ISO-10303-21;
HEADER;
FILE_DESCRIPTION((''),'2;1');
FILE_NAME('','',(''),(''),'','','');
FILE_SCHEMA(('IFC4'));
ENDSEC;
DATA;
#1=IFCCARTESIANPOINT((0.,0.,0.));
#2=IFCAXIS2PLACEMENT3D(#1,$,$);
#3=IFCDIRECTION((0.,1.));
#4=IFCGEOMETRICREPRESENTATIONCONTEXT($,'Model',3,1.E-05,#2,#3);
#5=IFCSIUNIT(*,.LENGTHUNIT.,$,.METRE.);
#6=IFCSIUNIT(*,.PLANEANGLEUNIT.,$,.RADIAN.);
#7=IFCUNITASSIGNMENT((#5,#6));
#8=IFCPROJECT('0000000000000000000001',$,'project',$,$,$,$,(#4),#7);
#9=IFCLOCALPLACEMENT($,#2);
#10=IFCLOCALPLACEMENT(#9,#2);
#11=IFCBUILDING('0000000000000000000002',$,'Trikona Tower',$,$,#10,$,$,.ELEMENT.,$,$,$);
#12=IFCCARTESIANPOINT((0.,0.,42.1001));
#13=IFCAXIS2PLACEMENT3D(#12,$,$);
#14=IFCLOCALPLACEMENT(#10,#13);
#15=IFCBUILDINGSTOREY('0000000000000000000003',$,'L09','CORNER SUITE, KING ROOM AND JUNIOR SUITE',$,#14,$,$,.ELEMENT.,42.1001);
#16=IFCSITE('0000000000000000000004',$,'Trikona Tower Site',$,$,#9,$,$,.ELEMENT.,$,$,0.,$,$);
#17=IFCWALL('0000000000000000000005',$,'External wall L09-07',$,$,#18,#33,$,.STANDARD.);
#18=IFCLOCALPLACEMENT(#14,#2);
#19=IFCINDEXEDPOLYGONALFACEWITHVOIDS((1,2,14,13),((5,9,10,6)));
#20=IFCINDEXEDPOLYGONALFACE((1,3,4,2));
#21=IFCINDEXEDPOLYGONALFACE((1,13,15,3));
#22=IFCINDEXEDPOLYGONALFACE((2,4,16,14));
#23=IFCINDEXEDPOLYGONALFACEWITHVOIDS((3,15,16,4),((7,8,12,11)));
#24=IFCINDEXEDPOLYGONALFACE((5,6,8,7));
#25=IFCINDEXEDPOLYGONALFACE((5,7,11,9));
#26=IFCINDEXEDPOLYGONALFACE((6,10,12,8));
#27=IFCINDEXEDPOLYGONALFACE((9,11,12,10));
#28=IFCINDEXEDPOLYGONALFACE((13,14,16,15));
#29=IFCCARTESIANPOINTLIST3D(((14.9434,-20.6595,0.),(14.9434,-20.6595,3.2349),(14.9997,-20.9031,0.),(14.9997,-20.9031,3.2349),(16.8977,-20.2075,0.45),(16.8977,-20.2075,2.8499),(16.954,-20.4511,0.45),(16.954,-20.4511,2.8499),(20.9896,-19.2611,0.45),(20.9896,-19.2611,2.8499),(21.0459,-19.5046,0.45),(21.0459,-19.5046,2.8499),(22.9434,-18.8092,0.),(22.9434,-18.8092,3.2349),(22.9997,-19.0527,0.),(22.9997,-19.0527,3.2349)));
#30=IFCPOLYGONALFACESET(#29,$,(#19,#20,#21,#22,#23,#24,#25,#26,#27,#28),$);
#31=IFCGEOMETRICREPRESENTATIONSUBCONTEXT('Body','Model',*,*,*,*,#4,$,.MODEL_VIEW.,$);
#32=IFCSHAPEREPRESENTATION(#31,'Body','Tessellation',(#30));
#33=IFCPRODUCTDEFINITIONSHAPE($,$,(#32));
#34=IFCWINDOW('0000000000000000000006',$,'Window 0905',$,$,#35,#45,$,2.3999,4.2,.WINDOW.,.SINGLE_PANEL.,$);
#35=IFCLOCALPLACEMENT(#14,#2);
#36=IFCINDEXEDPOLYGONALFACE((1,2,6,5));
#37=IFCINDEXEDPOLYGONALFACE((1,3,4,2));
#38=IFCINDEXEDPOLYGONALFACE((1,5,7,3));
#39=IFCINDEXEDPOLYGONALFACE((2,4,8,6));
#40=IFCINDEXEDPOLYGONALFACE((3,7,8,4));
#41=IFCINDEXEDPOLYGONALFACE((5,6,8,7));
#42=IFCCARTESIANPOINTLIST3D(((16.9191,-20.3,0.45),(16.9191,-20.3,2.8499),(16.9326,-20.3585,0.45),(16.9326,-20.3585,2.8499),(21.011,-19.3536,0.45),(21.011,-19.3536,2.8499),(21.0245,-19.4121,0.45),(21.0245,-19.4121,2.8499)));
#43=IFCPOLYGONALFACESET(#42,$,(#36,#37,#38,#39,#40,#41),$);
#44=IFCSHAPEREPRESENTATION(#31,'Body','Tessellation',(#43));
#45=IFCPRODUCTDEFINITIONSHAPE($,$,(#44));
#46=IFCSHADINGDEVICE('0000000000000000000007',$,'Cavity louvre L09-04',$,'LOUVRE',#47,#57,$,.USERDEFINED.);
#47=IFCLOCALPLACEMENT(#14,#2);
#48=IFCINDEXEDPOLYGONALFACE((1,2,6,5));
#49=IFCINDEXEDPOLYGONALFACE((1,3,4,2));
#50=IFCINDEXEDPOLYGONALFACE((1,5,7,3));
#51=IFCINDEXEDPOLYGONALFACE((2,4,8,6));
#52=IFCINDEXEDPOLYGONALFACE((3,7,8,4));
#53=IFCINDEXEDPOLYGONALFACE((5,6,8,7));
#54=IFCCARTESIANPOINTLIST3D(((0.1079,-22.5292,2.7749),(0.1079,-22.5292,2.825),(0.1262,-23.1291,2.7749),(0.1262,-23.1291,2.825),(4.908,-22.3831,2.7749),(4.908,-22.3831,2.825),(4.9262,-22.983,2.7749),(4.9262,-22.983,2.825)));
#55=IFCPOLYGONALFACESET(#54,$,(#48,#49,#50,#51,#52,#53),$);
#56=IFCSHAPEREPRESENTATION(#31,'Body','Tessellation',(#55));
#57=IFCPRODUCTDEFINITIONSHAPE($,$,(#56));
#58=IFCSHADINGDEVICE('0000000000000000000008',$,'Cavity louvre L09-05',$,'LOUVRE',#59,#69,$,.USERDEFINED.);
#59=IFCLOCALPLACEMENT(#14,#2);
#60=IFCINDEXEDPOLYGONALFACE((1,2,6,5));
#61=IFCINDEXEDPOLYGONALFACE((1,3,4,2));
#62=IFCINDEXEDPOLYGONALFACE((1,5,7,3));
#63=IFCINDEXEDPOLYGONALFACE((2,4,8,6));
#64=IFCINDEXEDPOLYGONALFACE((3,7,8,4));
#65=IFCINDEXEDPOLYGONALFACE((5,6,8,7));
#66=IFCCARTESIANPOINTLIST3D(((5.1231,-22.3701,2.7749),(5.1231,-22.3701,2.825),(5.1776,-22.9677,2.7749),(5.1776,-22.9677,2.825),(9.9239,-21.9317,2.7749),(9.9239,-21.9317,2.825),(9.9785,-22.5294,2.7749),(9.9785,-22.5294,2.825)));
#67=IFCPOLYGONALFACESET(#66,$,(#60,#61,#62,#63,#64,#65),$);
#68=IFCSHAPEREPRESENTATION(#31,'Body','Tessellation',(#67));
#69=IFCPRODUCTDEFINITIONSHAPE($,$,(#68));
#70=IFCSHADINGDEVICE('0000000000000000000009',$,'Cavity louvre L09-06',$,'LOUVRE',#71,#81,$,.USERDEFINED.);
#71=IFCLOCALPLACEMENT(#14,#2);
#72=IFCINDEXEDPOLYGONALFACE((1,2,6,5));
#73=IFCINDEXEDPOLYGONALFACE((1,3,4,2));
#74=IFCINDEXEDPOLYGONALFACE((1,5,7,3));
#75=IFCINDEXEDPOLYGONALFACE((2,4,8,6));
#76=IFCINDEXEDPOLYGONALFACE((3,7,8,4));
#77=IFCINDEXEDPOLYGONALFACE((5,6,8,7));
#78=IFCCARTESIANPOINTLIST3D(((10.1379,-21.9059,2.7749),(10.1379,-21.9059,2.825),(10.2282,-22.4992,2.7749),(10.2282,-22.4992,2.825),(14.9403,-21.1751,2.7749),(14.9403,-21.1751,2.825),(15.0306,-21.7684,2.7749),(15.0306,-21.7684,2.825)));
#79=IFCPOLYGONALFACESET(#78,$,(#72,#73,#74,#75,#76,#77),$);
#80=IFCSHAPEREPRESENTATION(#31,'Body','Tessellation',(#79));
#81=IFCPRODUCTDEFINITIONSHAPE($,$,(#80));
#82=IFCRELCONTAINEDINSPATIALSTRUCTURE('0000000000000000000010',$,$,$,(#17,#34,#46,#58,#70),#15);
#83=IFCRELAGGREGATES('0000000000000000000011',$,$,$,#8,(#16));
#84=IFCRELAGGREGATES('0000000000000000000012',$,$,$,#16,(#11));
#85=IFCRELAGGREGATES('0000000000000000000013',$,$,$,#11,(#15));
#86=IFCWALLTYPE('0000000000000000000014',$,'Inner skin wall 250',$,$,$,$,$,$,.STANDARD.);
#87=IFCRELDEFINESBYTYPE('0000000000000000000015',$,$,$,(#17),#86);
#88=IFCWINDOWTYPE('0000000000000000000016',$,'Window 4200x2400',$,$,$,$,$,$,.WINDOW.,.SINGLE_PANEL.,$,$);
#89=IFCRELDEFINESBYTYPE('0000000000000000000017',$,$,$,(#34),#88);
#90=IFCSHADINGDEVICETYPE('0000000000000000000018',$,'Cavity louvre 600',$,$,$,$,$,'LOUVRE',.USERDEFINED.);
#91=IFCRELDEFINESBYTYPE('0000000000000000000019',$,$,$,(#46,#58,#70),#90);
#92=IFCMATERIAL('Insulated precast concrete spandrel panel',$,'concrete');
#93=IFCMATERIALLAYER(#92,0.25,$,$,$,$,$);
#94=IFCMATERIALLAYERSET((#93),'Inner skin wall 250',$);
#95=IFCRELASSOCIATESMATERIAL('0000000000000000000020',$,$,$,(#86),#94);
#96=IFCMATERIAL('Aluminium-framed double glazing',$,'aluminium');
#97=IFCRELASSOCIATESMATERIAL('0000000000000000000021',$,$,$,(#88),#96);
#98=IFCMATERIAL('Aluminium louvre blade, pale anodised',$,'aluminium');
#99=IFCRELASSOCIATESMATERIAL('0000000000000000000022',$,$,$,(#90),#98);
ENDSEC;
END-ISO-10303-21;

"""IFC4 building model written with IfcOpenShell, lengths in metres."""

from ifc_helpers import new_model, si_unit, direction, frame, frame_2d, origin, origin_2d, place, context, subcontext, project, spatial, rectangle, extrude, material, layer, layer_set, type_object, element, fill, save


model = new_model("IFC4")

# Units and contexts
model_context = context("Model", 3, precision=1e-05, world=origin(), true_north=direction((0.0, 1.0)))
body_context = subcontext(model_context, "Body", "Model", "MODEL_VIEW")
ifc_project = project(units=[si_unit("LENGTHUNIT", "METRE"), si_unit("PLANEANGLEUNIT", "RADIAN")], contexts=[model_context])

# Site, building, storey
site_placement = place(None, origin())
site = spatial("IfcSite", under=ifc_project, at=site_placement, Name="Trikona Tower Site", CompositionType="ELEMENT", RefElevation=0.0)
building_placement = place(site_placement, origin())
building = spatial("IfcBuilding", under=site, at=building_placement, Name="Trikona Tower", CompositionType="ELEMENT")
storey_placement = place(building_placement, frame((0.0, 0.0, 42.1001)))
storey = spatial("IfcBuildingStorey", under=building, at=storey_placement, Name="L09", Description="CORNER SUITE, KING ROOM AND JUNIOR SUITE", CompositionType="ELEMENT", Elevation=42.1001)

# Wall, opening, window
ifc_material_1 = material(Name="Insulated precast concrete spandrel panel", Category="concrete")
ifc_layer_1 = layer(ifc_material_1, 0.25)
ifc_layer_set_1 = layer_set([ifc_layer_1], Name="Inner skin wall 250")
wall_type = type_object("IfcWallType", Name="Inner skin wall 250", PredefinedType="STANDARD", material=ifc_layer_set_1)
wall_1_placement = place(storey_placement, frame((14.9717, -20.7812, 0.0), z_axis=(0.0, 0.0, 1.0), x_axis=(0.974279, 0.225344, 0.0)))
wall_1 = element("IfcWall", 1, at=wall_1_placement, inside=storey, type_object=wall_type, Name="External wall L09-07", PredefinedType="STANDARD", context=body_context, shape_type="SweptSolid", body=[
    extrude(rectangle(XDim=8.2112, YDim=0.25, at=frame_2d((4.1055, 0.0))), origin(), (0.0, 0.0, 1.0), 3.2349),
])
opening_1_placement = place(wall_1_placement, frame((2.0056, 0.0, 0.45)))
opening_1 = element("IfcOpeningElement", 2, at=opening_1_placement, cuts=wall_1, PredefinedType="OPENING", context=body_context, shape_type="SweptSolid", body=[
    extrude(rectangle(XDim=4.2, YDim=2.3999, at=frame_2d((2.1001, 1.2))), frame((0.0, 0.135, 0.0), z_axis=(0.0, -1.0, 0.0), x_axis=(1.0, 0.0, 0.0)), (0.0, 0.0, 1.0), 0.27),
])
ifc_material_2 = material(Name="Aluminium-framed double glazing", Category="aluminium")
window_type_1 = type_object("IfcWindowType", Name="Window 4200x2400", PartitioningType="SINGLE_PANEL", PredefinedType="WINDOW", material=ifc_material_2)
window_1_placement = place(opening_1_placement, origin())
window_1 = element("IfcWindow", 3, at=window_1_placement, inside=storey, type_object=window_type_1, Name="Window 0905", OverallHeight=2.3999, OverallWidth=4.2, PartitioningType="SINGLE_PANEL", PredefinedType="WINDOW", context=body_context, shape_type="SweptSolid", body=[
    extrude(rectangle(XDim=4.2, YDim=2.3999, at=frame_2d((2.1001, 1.2))), frame((0.0, 0.03, 0.0), z_axis=(0.0, -1.0, 0.0), x_axis=(1.0, 0.0, 0.0)), (0.0, 0.0, 1.0), 0.0601),
])
fill(opening_1, window_1)

# Shading devices
ifc_material_3 = material(Name="Aluminium louvre blade, pale anodised", Category="aluminium")
shading_device_type = type_object("IfcShadingDeviceType", Name="Cavity louvre 600", ElementType="LOUVRE", PredefinedType="USERDEFINED", material=ifc_material_3)
shading_device_1_placement = place(storey_placement, frame((2.5171, -22.7561, 2.7749), z_axis=(0.0, 0.0, 1.0), x_axis=(0.999537, 0.030425, 0.0)))
element("IfcShadingDevice", 4, at=shading_device_1_placement, inside=storey, type_object=shading_device_type, Name="Cavity louvre L09-04", ObjectType="LOUVRE", PredefinedType="USERDEFINED", context=body_context, shape_type="SweptSolid", body=[
    extrude(rectangle(XDim=4.8022, YDim=0.6001, at=origin_2d()), origin(), (0.0, 0.0, 1.0), 0.05),
])
shading_device_2_placement = place(storey_placement, frame((7.5508, -22.4497, 2.7749), z_axis=(0.0, 0.0, 1.0), x_axis=(0.995858, 0.090921, 0.0)))
element("IfcShadingDevice", 5, at=shading_device_2_placement, inside=storey, type_object=shading_device_type, Name="Cavity louvre L09-05", ObjectType="LOUVRE", PredefinedType="USERDEFINED", context=body_context, shape_type="SweptSolid", body=[
    extrude(rectangle(XDim=4.8208, YDim=0.6001, at=origin_2d()), origin(), (0.0, 0.0, 1.0), 0.05),
])
shading_device_3_placement = place(storey_placement, frame((12.5842, -21.8372, 2.7749), z_axis=(0.0, 0.0, 1.0), x_axis=(0.988618, 0.150448, 0.0)))
element("IfcShadingDevice", 6, at=shading_device_3_placement, inside=storey, type_object=shading_device_type, Name="Cavity louvre L09-06", ObjectType="LOUVRE", PredefinedType="USERDEFINED", context=body_context, shape_type="SweptSolid", body=[
    extrude(rectangle(XDim=4.8577, YDim=0.6001, at=origin_2d()), origin(), (0.0, 0.0, 1.0), 0.05),
])

save(model, "model.ifc")
